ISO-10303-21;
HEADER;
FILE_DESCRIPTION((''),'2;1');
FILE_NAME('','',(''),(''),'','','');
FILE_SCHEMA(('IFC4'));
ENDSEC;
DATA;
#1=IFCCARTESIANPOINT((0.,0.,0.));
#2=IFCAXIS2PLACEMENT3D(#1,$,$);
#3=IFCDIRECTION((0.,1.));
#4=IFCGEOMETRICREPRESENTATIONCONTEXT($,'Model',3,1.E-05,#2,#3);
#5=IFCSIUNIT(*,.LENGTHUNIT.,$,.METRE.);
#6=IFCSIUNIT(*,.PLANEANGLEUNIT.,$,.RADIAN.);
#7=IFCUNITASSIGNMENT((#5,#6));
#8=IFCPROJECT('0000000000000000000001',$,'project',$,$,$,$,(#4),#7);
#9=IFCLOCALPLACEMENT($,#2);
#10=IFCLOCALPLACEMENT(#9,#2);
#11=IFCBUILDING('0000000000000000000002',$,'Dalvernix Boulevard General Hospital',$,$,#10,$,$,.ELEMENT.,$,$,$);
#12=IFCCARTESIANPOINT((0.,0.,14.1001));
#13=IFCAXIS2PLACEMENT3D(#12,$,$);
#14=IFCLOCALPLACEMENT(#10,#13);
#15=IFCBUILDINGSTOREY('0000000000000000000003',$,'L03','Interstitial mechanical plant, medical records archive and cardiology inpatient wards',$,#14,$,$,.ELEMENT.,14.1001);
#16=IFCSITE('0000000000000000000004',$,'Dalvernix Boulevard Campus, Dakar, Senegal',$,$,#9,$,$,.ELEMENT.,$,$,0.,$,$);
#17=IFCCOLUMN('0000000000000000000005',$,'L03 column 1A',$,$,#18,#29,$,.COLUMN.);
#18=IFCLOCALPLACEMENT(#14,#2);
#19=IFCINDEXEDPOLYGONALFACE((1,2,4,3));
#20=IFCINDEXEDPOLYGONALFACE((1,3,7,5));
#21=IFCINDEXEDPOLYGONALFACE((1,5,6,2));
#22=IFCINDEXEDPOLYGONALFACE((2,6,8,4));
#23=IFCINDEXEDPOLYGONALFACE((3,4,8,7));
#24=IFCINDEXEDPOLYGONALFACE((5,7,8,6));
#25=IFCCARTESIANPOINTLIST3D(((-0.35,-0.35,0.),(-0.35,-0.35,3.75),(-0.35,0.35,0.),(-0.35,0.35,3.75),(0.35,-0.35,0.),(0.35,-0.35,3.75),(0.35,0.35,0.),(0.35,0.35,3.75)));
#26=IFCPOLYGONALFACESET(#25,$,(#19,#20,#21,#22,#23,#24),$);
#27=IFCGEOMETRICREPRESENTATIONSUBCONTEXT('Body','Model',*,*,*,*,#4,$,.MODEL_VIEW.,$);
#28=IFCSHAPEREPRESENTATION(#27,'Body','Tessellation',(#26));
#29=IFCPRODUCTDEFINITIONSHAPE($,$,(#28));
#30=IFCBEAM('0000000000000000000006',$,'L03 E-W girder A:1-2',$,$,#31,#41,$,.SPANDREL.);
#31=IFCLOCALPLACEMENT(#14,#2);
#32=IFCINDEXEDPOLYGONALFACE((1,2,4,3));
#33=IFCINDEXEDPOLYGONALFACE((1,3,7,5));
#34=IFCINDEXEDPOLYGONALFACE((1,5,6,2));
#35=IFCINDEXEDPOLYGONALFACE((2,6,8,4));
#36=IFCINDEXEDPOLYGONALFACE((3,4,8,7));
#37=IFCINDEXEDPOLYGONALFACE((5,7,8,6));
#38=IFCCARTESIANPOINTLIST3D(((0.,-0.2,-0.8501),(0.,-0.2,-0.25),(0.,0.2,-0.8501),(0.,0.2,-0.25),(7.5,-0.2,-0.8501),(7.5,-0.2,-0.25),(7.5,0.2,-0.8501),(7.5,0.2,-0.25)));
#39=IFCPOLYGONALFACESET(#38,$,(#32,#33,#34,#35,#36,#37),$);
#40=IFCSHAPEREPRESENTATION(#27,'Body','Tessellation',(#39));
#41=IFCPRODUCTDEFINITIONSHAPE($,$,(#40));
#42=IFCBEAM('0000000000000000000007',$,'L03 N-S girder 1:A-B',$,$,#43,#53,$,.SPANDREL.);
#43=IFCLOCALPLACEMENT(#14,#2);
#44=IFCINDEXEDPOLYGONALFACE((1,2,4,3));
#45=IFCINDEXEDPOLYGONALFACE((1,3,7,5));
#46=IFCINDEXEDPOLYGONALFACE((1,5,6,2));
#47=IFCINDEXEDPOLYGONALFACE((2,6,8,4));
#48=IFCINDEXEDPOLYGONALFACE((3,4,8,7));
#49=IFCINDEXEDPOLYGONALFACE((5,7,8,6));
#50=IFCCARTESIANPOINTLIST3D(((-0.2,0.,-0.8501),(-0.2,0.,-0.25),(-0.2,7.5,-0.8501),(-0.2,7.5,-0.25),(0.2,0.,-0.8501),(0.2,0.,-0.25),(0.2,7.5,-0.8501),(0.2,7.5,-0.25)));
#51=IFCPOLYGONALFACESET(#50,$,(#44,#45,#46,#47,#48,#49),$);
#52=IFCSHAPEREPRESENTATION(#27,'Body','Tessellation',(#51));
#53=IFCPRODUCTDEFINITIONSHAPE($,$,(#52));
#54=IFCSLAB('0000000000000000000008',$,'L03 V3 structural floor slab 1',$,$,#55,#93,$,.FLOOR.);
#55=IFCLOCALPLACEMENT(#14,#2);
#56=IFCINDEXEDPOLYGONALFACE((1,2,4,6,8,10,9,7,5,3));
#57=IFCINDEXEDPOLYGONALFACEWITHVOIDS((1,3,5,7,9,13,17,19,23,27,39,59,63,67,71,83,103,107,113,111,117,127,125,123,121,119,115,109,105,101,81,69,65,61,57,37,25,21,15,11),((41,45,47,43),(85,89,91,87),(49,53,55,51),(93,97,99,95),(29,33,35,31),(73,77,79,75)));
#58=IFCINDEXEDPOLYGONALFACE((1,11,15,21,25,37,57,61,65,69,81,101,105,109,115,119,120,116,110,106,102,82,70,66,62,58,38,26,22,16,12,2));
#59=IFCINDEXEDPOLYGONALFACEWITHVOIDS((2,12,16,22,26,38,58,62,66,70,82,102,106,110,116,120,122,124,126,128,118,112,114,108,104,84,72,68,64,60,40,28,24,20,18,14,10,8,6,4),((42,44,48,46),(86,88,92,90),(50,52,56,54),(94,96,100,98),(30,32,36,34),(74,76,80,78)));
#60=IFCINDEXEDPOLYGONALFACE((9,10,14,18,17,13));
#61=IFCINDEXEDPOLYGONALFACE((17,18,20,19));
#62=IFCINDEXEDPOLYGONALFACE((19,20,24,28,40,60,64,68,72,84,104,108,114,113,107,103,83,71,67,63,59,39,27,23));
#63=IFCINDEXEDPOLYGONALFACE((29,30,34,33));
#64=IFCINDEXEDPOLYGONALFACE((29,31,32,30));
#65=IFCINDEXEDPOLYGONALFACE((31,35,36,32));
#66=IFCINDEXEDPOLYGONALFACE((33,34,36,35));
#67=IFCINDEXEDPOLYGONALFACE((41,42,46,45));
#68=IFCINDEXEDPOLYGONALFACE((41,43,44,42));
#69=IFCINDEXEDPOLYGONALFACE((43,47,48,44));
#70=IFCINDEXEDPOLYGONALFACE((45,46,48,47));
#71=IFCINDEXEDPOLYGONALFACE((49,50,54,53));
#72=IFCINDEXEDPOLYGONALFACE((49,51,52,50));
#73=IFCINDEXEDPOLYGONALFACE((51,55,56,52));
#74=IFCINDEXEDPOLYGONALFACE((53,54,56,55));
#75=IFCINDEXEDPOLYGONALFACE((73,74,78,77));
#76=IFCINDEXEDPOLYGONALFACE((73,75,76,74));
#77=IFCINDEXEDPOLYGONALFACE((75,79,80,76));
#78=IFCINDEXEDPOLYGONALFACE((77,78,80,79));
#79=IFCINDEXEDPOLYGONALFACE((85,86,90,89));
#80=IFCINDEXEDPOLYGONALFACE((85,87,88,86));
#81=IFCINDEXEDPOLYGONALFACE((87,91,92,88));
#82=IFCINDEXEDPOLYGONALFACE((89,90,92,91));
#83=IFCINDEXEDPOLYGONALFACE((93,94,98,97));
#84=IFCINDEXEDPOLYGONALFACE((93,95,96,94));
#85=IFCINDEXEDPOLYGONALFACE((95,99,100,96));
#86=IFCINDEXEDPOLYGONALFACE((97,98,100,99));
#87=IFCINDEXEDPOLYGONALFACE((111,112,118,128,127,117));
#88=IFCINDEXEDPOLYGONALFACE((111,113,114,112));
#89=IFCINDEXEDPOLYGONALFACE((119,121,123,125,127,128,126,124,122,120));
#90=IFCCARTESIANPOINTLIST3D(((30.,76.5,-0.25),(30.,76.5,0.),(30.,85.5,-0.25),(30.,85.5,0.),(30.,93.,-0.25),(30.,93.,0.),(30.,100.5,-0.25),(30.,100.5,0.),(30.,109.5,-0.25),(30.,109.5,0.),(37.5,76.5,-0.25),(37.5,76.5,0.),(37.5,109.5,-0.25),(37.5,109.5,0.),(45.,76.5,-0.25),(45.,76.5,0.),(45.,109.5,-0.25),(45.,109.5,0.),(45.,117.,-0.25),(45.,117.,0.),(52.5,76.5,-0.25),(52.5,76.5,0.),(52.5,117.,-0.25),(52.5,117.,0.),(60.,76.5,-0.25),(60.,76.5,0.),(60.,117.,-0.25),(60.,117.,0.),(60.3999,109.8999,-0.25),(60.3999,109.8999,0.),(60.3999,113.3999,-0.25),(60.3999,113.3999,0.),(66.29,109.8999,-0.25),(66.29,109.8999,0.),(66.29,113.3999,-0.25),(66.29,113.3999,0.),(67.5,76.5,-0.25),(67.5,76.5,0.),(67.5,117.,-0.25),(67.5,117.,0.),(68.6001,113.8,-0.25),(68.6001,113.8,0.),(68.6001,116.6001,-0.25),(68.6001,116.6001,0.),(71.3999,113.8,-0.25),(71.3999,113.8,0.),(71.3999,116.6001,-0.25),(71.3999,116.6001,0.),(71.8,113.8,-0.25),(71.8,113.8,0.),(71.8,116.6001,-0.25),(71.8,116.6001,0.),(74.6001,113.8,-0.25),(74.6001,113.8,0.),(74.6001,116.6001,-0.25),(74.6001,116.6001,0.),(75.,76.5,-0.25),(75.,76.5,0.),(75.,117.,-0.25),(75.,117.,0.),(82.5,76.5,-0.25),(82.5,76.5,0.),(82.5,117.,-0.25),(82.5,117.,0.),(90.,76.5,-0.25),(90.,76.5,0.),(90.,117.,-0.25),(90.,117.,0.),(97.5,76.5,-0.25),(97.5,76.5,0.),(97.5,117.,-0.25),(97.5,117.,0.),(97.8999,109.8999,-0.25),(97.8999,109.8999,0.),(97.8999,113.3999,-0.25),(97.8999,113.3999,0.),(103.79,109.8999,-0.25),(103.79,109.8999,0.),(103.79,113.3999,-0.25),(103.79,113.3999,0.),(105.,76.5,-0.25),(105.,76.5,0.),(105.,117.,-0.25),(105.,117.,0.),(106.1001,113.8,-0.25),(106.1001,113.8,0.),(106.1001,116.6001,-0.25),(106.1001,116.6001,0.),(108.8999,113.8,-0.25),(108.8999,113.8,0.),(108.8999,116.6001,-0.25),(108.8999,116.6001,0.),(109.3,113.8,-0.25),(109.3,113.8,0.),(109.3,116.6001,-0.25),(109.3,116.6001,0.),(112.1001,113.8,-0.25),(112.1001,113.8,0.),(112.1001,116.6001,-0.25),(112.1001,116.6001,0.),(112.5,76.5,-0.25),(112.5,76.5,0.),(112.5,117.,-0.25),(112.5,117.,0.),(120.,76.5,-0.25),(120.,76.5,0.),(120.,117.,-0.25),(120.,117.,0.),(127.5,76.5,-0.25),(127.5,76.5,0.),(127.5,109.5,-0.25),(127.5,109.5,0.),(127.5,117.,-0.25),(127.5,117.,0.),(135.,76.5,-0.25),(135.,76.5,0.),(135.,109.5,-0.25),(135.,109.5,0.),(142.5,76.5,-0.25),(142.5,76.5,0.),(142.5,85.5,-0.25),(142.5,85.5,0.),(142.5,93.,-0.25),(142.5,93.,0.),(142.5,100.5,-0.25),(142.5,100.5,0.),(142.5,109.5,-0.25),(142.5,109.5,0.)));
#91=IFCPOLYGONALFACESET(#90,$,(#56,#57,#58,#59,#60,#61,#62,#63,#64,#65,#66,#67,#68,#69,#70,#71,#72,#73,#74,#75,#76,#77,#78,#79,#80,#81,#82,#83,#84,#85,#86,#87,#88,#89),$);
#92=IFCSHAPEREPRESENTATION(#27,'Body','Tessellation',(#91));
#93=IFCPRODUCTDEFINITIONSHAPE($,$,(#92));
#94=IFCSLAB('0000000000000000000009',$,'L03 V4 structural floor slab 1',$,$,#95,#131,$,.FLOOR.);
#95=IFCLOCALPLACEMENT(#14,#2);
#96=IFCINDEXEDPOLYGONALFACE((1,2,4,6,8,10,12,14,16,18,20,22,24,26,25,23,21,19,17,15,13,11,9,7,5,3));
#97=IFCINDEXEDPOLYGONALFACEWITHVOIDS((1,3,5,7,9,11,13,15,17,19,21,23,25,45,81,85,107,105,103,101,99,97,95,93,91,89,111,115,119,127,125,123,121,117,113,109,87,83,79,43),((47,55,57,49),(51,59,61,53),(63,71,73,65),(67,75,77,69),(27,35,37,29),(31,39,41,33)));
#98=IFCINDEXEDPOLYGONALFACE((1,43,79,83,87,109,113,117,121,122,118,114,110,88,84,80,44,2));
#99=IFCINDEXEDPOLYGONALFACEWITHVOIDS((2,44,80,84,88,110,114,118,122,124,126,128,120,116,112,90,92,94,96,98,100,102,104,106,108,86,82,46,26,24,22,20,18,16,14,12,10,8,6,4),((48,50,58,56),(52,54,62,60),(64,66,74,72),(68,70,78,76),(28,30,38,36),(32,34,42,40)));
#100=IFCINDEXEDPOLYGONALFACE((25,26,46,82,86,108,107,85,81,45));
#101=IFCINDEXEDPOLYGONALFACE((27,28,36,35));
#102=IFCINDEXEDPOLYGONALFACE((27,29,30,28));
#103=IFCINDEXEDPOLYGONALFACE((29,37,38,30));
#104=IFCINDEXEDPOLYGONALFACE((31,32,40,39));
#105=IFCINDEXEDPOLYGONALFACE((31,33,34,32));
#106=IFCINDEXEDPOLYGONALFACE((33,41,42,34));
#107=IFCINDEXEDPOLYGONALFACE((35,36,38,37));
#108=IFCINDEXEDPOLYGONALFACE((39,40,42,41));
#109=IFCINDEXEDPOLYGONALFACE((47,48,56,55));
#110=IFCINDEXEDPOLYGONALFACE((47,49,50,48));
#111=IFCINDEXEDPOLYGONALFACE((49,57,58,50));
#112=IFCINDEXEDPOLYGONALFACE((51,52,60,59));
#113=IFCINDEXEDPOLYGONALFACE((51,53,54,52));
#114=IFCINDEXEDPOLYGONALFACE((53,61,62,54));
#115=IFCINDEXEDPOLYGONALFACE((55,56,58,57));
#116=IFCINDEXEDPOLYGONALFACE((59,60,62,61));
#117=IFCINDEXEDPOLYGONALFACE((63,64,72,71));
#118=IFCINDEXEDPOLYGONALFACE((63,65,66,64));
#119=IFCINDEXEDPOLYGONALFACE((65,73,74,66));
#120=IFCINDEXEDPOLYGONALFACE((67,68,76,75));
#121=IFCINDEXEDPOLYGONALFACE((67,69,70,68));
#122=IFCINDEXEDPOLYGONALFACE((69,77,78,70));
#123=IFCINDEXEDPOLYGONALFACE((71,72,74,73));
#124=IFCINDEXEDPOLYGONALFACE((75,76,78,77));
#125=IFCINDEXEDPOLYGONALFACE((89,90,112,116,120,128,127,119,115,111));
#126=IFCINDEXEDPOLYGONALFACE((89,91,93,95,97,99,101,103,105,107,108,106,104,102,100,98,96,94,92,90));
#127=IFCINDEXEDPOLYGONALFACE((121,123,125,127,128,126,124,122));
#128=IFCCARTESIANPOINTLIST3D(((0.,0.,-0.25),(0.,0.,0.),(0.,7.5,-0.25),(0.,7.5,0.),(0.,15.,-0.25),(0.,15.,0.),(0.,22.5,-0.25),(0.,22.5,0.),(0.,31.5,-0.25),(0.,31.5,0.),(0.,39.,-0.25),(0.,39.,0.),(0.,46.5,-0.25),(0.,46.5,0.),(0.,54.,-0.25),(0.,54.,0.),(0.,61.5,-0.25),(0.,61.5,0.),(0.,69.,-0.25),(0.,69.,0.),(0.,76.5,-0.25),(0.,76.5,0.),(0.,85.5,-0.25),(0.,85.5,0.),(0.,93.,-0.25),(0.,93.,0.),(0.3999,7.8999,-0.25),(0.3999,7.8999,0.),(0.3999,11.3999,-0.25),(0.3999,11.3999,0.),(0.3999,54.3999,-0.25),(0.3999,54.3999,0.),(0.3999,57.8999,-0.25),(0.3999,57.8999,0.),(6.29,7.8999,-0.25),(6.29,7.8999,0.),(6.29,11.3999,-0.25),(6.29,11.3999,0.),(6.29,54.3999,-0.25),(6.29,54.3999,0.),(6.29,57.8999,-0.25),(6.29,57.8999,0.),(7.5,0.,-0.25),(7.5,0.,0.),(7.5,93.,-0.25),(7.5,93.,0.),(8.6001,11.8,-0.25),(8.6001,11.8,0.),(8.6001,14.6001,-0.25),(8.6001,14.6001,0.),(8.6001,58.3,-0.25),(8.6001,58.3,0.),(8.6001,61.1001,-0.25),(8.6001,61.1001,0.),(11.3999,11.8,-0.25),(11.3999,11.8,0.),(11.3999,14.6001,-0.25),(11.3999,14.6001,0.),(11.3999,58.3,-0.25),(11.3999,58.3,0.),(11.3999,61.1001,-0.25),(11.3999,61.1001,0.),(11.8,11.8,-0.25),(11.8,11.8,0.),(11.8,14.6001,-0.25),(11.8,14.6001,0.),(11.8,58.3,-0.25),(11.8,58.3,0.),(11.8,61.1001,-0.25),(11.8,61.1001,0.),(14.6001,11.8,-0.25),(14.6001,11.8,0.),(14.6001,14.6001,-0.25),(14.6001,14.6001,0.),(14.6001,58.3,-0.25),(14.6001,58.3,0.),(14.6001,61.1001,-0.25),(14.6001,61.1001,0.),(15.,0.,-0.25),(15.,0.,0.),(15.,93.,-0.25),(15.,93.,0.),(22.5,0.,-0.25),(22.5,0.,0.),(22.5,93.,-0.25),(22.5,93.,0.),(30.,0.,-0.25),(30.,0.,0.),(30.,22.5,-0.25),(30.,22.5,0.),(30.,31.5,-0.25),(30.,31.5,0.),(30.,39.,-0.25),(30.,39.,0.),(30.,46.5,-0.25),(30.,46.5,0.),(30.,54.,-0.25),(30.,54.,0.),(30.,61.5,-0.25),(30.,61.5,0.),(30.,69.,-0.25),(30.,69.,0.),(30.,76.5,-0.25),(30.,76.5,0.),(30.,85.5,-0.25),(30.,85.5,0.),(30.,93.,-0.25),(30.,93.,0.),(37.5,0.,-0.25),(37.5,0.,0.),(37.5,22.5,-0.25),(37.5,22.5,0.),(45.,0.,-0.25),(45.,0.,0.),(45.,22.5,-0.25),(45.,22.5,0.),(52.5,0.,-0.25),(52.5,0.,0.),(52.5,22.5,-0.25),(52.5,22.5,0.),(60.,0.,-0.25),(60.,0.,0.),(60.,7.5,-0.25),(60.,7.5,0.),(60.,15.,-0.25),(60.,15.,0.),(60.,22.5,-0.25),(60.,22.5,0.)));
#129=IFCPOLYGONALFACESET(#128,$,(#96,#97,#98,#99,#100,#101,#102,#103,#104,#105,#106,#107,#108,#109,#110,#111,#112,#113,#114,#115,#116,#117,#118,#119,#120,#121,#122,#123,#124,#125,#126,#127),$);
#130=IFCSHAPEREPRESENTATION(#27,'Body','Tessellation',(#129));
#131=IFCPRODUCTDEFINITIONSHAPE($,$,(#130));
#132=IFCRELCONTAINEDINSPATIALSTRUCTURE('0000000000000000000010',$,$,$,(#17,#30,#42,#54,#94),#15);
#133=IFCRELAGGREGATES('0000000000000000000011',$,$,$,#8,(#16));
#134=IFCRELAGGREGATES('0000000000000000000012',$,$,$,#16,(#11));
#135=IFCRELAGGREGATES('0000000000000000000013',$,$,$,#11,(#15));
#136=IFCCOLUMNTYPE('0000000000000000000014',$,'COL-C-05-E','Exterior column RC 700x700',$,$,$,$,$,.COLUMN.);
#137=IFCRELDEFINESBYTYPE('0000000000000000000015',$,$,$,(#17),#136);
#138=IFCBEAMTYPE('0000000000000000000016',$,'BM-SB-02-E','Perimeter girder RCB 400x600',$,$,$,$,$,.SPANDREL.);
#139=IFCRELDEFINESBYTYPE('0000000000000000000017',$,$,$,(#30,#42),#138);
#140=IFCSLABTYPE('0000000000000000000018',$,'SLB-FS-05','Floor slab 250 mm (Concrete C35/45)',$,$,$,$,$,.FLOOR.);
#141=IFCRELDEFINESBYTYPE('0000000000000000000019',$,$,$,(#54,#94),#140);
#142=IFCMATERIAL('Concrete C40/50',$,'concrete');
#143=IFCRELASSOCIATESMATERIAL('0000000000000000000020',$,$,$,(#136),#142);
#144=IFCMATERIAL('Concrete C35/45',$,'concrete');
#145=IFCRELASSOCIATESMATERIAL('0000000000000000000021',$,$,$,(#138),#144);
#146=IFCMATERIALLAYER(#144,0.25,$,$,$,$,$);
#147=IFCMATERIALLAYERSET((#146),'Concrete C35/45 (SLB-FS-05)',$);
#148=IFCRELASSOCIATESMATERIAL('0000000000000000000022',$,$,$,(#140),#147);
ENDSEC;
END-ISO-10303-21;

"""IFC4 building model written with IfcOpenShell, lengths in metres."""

from ifc_helpers import new_model, si_unit, direction, frame, origin, origin_with_axes, origin_2d, place, context, subcontext, project, spatial, polyline, rectangle, outline, extrude, material, layer, layer_set, material_profile, profile_set, type_object, element, save


model = new_model("IFC4")

# Units and contexts
model_context = context("Model", 3, precision=1e-05, world=origin(), true_north=direction((0.0, 1.0)))
body_context = subcontext(model_context, "Body", "Model", "MODEL_VIEW")
ifc_project = project(units=[si_unit("LENGTHUNIT", "METRE"), si_unit("PLANEANGLEUNIT", "RADIAN")], contexts=[model_context])

# Site, building, storey
site_placement = place(None, origin())
site = spatial("IfcSite", under=ifc_project, at=site_placement, Name="Dalvernix Boulevard Campus, Dakar, Senegal", CompositionType="ELEMENT", RefElevation=0.0)
building_placement = place(site_placement, origin())
building = spatial("IfcBuilding", under=site, at=building_placement, Name="Dalvernix Boulevard General Hospital", CompositionType="ELEMENT")
storey_placement = place(building_placement, frame((0.0, 0.0, 14.1001)))
storey = spatial("IfcBuildingStorey", under=building, at=storey_placement, Name="L03", Description="Interstitial mechanical plant, medical records archive and cardiology inpatient wards", CompositionType="ELEMENT", Elevation=14.1001)

# Column
ifc_material_1 = material(Name="Concrete C40/50", Category="concrete")
ifc_material_profile_1 = material_profile(ifc_material_1, rectangle(XDim=0.7, YDim=0.7, at=origin_2d()), Name="RC 700x700")
ifc_profile_set_1 = profile_set([ifc_material_profile_1], Name="Concrete C40/50")
column_type = type_object("IfcColumnType", Name="COL-C-05-E", Description="Exterior column RC 700x700", PredefinedType="COLUMN", material=ifc_profile_set_1)
column_placement = place(storey_placement, origin_with_axes())
element("IfcColumn", 1, at=column_placement, inside=storey, type_object=column_type, Name="L03 column 1A", PredefinedType="COLUMN", context=body_context, shape_type="SweptSolid", body=[
    extrude(rectangle(XDim=0.7, YDim=0.7, at=origin_2d()), origin(), (0.0, 0.0, 1.0), 3.75),
])

# Beams
ifc_material_2 = material(Name="Concrete C35/45", Category="concrete")
ifc_material_profile_2 = material_profile(ifc_material_2, rectangle(XDim=0.3999, YDim=0.6001, at=origin_2d()), Name="RCB 400x600")
ifc_profile_set_2 = profile_set([ifc_material_profile_2], Name="Concrete C35/45")
beam_type = type_object("IfcBeamType", Name="BM-SB-02-E", Description="Perimeter girder RCB 400x600", PredefinedType="SPANDREL", material=ifc_profile_set_2)
for number, where, z_axis, x_axis, name in (
    (2, (0.0, 0.0, -0.55), (1.0, 0.0, 0.0), (0.0, 1.0, 0.0), "L03 E-W girder A:1-2"),
    (3, (0.0, 0.0, -0.55), (0.0, 1.0, 0.0), (-1.0, 0.0, 0.0), "L03 N-S girder 1:A-B"),
):
    element("IfcBeam", number, at=place(storey_placement, frame(where, z_axis=z_axis, x_axis=x_axis)), inside=storey, type_object=beam_type, Name=name, PredefinedType="SPANDREL", context=body_context, shape_type="SweptSolid", body=[
        extrude(rectangle(XDim=0.3999, YDim=0.6001, at=origin_2d()), origin(), (0.0, 0.0, 1.0), 7.5),
    ])

# Slabs
ifc_layer_1 = layer(ifc_material_2, 0.25)
ifc_layer_set_1 = layer_set([ifc_layer_1], Name="Concrete C35/45 (SLB-FS-05)")
slab_type_1 = type_object("IfcSlabType", Name="SLB-FS-05", Description="Floor slab 250 mm (Concrete C35/45)", PredefinedType="FLOOR", material=ifc_layer_set_1)
slab_1_placement = place(storey_placement, frame((0.0, 0.0, -0.25)))
element("IfcSlab", 4, at=slab_1_placement, inside=storey, type_object=slab_type_1, Name="L03 V3 structural floor slab 1", PredefinedType="FLOOR", context=body_context, shape_type="SweptSolid", body=[
    extrude(outline(polyline([(30.0, 93.0), (30.0, 100.5), (30.0, 109.5), (37.5, 109.5), (45.0, 109.5), (45.0, 117.0), (52.5, 117.0), (60.0, 117.0), (67.5, 117.0), (75.0, 117.0), (82.5, 117.0), (90.0, 117.0), (97.5, 117.0), (105.0, 117.0), (112.5, 117.0), (120.0, 117.0), (127.5, 117.0), (127.5, 109.5), (135.0, 109.5), (142.5, 109.5), (142.5, 100.5), (142.5, 93.0), (142.5, 85.5), (142.5, 76.5), (135.0, 76.5), (127.5, 76.5), (120.0, 76.5), (112.5, 76.5), (105.0, 76.5), (97.5, 76.5), (90.0, 76.5), (82.5, 76.5), (75.0, 76.5), (67.5, 76.5), (60.0, 76.5), (52.5, 76.5), (45.0, 76.5), (37.5, 76.5), (30.0, 76.5), (30.0, 85.5), (30.0, 93.0)]), holes=[polyline([(60.3999, 113.3999), (60.3999, 109.8999), (66.29, 109.8999), (66.29, 113.3999), (60.3999, 113.3999)]), polyline([(71.3999, 116.6001), (68.6001, 116.6001), (68.6001, 113.8), (71.3999, 113.8), (71.3999, 116.6001)]), polyline([(74.6001, 113.8), (74.6001, 116.6001), (71.8, 116.6001), (71.8, 113.8), (74.6001, 113.8)]), polyline([(97.8999, 109.8999), (103.79, 109.8999), (103.79, 113.3999), (97.8999, 113.3999), (97.8999, 109.8999)]), polyline([(106.1001, 116.6001), (106.1001, 113.8), (108.8999, 113.8), (108.8999, 116.6001), (106.1001, 116.6001)]), polyline([(112.1001, 116.6001), (109.3, 116.6001), (109.3, 113.8), (112.1001, 113.8), (112.1001, 116.6001)])]), origin(), (0.0, 0.0, 1.0), 0.25),
])
slab_2_placement = place(storey_placement, frame((0.0, 0.0, -0.25)))
element("IfcSlab", 5, at=slab_2_placement, inside=storey, type_object=slab_type_1, Name="L03 V4 structural floor slab 1", PredefinedType="FLOOR", context=body_context, shape_type="SweptSolid", body=[
    extrude(outline(polyline([(0.0, 69.0), (0.0, 76.5), (0.0, 85.5), (0.0, 93.0), (7.5, 93.0), (15.0, 93.0), (22.5, 93.0), (30.0, 93.0), (30.0, 85.5), (30.0, 76.5), (30.0, 69.0), (30.0, 61.5), (30.0, 54.0), (30.0, 46.5), (30.0, 39.0), (30.0, 31.5), (30.0, 22.5), (37.5, 22.5), (45.0, 22.5), (52.5, 22.5), (60.0, 22.5), (60.0, 15.0), (60.0, 7.5), (60.0, 0.0), (52.5, 0.0), (45.0, 0.0), (37.5, 0.0), (30.0, 0.0), (22.5, 0.0), (15.0, 0.0), (7.5, 0.0), (0.0, 0.0), (0.0, 7.5), (0.0, 15.0), (0.0, 22.5), (0.0, 31.5), (0.0, 39.0), (0.0, 46.5), (0.0, 54.0), (0.0, 61.5), (0.0, 69.0)]), holes=[polyline([(0.3999, 11.3999), (0.3999, 7.8999), (6.29, 7.8999), (6.29, 11.3999), (0.3999, 11.3999)]), polyline([(11.3999, 14.6001), (8.6001, 14.6001), (8.6001, 11.8), (11.3999, 11.8), (11.3999, 14.6001)]), polyline([(14.6001, 11.8), (14.6001, 14.6001), (11.8, 14.6001), (11.8, 11.8), (14.6001, 11.8)]), polyline([(0.3999, 54.3999), (6.29, 54.3999), (6.29, 57.8999), (0.3999, 57.8999), (0.3999, 54.3999)]), polyline([(8.6001, 61.1001), (8.6001, 58.3), (11.3999, 58.3), (11.3999, 61.1001), (8.6001, 61.1001)]), polyline([(14.6001, 61.1001), (11.8, 61.1001), (11.8, 58.3), (14.6001, 58.3), (14.6001, 61.1001)])]), origin(), (0.0, 0.0, 1.0), 0.25),
])

save(model, "model.ifc")
